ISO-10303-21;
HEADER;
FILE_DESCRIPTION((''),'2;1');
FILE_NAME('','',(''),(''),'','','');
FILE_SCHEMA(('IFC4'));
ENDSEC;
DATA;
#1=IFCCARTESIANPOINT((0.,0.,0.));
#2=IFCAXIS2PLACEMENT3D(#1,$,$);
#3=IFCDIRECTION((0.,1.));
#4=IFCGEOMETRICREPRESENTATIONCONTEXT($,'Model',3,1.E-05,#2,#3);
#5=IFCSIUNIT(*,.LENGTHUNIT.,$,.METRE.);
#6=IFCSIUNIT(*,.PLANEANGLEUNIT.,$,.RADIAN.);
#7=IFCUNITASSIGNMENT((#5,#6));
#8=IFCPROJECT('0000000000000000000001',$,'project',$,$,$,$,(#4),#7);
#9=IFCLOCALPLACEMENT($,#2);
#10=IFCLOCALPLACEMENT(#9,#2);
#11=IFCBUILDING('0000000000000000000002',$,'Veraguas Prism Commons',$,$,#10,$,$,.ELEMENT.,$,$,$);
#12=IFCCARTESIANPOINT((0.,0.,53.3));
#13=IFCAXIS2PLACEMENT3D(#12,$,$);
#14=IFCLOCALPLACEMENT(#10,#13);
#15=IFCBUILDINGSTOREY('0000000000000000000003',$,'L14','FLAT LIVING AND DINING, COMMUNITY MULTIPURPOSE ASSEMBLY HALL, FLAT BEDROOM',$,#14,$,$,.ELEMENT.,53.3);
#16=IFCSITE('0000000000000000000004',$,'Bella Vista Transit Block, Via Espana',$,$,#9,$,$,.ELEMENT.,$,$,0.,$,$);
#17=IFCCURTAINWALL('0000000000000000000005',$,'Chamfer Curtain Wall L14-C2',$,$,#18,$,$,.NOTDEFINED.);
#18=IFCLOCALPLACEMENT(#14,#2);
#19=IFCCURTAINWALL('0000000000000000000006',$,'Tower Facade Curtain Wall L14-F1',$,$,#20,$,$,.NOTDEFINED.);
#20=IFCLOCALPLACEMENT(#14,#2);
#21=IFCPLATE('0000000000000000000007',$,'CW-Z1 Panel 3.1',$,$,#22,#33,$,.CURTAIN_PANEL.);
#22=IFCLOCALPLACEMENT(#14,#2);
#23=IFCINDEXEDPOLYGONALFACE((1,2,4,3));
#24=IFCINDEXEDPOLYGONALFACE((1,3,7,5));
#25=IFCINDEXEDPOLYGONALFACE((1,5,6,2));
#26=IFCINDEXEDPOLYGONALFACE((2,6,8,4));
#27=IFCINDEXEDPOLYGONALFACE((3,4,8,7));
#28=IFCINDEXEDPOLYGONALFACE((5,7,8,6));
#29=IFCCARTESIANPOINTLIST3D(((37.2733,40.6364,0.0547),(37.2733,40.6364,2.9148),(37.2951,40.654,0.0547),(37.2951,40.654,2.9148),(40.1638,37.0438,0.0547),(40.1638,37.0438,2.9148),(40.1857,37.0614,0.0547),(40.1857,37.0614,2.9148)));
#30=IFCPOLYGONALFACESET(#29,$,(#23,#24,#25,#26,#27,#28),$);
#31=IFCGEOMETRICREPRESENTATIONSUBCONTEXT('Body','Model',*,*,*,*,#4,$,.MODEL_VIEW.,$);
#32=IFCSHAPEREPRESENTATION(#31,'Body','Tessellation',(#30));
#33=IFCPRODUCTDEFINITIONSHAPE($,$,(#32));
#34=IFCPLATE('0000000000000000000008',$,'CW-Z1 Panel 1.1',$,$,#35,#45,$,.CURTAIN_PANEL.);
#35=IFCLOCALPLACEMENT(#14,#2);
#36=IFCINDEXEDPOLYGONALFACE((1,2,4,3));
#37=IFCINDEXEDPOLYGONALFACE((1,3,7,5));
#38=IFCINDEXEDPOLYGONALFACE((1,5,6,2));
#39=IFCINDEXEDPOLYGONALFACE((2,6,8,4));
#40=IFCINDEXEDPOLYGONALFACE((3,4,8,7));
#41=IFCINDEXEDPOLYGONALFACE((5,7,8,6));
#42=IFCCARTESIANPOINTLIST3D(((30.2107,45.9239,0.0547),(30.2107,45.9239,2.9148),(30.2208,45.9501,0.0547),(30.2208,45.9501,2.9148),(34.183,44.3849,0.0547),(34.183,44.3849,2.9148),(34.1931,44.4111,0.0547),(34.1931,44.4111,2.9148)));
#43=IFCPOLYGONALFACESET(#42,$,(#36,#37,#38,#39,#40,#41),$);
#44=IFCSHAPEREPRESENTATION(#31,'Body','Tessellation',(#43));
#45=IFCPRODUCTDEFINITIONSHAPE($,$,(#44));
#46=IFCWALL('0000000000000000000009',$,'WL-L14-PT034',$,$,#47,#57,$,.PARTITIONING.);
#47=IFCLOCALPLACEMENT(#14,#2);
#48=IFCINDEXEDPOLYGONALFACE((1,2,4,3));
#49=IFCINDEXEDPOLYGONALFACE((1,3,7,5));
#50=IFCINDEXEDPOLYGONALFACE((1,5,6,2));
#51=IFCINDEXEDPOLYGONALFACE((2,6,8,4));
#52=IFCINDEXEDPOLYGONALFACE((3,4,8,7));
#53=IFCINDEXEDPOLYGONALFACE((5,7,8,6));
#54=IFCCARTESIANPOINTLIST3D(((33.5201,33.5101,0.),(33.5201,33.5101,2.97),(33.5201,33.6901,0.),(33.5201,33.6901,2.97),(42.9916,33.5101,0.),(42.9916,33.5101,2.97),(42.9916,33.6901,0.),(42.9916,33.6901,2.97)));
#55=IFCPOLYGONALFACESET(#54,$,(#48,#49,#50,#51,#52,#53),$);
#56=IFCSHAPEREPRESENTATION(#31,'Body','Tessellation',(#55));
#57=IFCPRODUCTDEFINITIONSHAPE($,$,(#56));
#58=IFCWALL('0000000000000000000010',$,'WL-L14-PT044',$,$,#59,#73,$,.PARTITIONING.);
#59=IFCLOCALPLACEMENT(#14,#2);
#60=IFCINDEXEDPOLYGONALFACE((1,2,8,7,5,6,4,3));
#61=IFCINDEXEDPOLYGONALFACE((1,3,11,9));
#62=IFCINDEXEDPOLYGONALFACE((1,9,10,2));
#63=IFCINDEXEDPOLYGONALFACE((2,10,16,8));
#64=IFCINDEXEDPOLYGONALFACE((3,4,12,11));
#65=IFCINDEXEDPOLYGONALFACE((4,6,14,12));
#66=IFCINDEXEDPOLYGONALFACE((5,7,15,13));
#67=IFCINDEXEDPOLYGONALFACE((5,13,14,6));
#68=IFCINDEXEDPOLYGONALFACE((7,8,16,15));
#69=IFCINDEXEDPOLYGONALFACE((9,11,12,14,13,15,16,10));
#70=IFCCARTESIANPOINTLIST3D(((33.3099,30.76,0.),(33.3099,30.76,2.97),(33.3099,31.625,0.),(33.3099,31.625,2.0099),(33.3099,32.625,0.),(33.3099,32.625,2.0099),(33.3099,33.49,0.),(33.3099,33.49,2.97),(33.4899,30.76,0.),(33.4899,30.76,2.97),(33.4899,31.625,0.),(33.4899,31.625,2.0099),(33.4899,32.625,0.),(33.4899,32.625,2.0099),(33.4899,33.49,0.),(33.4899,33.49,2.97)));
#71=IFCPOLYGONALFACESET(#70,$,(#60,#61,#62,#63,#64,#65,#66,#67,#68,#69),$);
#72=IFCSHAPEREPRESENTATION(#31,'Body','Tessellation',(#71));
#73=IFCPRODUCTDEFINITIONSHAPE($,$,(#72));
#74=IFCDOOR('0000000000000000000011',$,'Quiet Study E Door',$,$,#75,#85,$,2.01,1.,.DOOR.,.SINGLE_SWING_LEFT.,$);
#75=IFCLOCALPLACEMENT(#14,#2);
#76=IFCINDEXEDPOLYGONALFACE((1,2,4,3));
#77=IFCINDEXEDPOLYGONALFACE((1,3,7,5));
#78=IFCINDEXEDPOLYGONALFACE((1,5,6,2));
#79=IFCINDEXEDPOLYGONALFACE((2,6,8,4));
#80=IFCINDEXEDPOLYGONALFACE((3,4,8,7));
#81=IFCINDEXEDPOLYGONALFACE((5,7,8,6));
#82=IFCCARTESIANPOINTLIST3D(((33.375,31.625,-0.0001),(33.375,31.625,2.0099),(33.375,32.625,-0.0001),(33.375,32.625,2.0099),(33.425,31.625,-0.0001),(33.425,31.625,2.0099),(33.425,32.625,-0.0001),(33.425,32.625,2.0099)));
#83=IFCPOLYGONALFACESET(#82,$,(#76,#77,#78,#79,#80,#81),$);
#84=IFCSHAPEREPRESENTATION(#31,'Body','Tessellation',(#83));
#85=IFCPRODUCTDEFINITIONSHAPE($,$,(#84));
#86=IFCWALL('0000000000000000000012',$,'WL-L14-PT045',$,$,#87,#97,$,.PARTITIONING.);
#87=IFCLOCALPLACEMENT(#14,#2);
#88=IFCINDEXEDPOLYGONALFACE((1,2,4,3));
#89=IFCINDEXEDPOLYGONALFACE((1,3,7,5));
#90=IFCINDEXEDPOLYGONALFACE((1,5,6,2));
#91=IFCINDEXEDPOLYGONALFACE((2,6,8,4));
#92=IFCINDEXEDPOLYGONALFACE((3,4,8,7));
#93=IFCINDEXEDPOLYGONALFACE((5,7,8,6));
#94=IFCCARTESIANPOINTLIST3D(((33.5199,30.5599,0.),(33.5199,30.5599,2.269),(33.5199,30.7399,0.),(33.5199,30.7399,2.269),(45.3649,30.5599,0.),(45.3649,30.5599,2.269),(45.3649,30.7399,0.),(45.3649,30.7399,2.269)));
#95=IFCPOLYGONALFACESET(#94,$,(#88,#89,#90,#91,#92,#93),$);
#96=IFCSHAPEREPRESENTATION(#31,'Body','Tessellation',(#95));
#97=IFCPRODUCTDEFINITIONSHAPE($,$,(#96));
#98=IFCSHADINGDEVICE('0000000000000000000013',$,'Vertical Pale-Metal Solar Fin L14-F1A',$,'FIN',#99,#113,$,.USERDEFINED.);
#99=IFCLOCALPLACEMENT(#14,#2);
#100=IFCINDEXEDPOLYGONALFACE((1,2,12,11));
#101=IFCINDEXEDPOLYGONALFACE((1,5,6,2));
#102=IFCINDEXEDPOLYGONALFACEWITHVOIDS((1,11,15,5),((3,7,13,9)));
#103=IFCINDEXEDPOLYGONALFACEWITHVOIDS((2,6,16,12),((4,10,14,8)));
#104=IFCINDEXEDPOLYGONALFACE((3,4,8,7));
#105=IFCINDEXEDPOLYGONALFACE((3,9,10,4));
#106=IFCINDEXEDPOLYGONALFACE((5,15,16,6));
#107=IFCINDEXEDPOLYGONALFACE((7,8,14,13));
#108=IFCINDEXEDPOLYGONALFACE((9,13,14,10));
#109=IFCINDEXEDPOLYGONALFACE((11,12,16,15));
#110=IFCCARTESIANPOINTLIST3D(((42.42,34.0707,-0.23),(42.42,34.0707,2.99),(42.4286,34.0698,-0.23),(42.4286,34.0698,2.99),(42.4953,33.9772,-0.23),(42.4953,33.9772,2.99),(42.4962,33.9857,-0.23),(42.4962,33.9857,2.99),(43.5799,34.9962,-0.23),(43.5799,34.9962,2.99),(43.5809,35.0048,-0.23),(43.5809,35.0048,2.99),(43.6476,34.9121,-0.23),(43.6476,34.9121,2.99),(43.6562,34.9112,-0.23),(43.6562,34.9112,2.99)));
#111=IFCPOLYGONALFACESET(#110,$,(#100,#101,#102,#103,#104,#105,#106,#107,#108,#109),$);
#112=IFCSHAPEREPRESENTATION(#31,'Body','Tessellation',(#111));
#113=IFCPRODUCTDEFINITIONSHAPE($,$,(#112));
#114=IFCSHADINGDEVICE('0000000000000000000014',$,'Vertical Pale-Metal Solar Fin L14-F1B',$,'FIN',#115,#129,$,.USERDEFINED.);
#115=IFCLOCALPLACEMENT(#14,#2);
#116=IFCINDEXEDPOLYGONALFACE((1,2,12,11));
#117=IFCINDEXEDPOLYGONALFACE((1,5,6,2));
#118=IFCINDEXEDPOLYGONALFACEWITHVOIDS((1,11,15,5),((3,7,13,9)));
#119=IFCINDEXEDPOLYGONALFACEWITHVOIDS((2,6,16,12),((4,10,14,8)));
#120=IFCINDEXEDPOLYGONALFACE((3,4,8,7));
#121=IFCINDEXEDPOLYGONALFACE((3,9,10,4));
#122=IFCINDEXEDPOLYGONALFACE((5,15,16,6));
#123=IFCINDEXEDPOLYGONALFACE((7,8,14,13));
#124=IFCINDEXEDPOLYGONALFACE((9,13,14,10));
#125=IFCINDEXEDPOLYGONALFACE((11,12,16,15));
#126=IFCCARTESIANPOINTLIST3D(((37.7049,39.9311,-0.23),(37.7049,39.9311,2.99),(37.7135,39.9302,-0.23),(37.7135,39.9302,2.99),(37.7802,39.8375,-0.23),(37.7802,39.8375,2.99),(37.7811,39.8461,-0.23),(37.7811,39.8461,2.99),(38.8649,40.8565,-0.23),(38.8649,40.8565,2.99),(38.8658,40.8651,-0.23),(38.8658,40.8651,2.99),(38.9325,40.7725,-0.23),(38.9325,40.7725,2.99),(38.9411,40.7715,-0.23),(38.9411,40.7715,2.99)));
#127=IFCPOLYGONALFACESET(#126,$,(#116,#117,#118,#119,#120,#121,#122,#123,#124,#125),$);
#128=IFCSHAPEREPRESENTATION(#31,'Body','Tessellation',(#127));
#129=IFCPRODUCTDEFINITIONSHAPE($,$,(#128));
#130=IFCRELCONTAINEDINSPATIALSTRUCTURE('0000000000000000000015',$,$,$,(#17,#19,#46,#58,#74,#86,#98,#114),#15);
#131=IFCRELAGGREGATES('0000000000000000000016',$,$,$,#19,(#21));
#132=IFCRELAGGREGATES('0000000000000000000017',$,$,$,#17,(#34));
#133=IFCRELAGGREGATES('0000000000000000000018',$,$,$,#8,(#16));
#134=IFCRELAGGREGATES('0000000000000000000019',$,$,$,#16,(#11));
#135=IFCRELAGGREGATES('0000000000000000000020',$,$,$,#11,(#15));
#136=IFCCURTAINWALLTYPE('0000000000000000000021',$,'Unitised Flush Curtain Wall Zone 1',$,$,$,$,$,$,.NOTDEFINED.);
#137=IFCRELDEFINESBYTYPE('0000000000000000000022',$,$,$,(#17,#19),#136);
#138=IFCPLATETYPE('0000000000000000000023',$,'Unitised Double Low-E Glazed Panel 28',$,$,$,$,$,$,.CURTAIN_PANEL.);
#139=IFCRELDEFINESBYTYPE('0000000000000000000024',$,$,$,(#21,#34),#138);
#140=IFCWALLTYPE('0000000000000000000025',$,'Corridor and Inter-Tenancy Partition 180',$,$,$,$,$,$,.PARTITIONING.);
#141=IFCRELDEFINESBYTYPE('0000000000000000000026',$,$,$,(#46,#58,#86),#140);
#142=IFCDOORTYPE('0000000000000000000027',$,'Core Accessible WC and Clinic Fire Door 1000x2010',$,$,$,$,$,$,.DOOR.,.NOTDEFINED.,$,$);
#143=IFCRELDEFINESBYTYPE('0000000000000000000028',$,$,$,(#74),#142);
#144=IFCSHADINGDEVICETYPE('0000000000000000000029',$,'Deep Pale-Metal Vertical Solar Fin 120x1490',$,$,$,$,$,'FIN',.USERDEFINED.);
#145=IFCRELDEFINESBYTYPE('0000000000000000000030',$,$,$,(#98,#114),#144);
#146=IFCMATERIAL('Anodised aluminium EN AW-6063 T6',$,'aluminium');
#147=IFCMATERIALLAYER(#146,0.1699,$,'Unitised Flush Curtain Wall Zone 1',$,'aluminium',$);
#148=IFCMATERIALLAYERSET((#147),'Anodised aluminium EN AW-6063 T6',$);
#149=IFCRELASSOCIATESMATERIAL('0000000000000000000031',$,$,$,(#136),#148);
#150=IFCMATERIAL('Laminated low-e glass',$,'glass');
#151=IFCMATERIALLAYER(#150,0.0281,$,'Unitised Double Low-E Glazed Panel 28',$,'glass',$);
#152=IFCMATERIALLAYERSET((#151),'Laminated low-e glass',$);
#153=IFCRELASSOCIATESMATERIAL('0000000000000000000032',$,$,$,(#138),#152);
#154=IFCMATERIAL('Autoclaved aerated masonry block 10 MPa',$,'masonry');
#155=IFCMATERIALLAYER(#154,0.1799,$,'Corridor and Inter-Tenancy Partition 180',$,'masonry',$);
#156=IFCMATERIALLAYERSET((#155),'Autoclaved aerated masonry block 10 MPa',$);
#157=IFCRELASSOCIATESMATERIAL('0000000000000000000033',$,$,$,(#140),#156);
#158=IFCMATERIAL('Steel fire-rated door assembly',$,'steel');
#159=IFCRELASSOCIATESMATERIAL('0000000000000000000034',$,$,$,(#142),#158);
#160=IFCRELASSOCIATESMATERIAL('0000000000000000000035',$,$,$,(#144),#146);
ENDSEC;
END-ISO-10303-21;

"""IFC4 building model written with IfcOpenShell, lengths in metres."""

from ifc_helpers import new_model, si_unit, direction, frame, frame_2d, origin, origin_2d, place, context, subcontext, project, spatial, rectangle, hollow_rectangle, extrude, source, transform, mapped, material, layer, layer_set, material_profile, profile_set, type_object, element, fill, aggregate, save


model = new_model("IFC4")

# Units and contexts
model_context = context("Model", 3, precision=1e-05, world=origin(), true_north=direction((0.0, 1.0)))
body_context = subcontext(model_context, "Body", "Model", "MODEL_VIEW")
ifc_project = project(units=[si_unit("LENGTHUNIT", "METRE"), si_unit("PLANEANGLEUNIT", "RADIAN")], contexts=[model_context])

# Site, building, storey
site_placement = place(None, origin())
site = spatial("IfcSite", under=ifc_project, at=site_placement, Name="Bella Vista Transit Block, Via Espana", CompositionType="ELEMENT", RefElevation=0.0)
building_placement = place(site_placement, origin())
building = spatial("IfcBuilding", under=site, at=building_placement, Name="Veraguas Prism Commons", CompositionType="ELEMENT")
storey_placement = place(building_placement, frame((0.0, 0.0, 53.3)))
storey = spatial("IfcBuildingStorey", under=building, at=storey_placement, Name="L14", Description="FLAT LIVING AND DINING, COMMUNITY MULTIPURPOSE ASSEMBLY HALL, FLAT BEDROOM", CompositionType="ELEMENT", Elevation=53.3)

# Curtain walls
ifc_material_1 = material(Name="Anodised aluminium EN AW-6063 T6", Category="aluminium")
ifc_layer_1 = layer(ifc_material_1, 0.1699, Name="Unitised Flush Curtain Wall Zone 1", Category="aluminium")
ifc_layer_set_1 = layer_set([ifc_layer_1], Name="Anodised aluminium EN AW-6063 T6")
curtain_wall_type = type_object("IfcCurtainWallType", Name="Unitised Flush Curtain Wall Zone 1", PredefinedType="NOTDEFINED", material=ifc_layer_set_1)
curtain_wall_1_placement = place(storey_placement, origin())
curtain_wall_1 = element("IfcCurtainWall", 1, at=curtain_wall_1_placement, inside=storey, type_object=curtain_wall_type, Name="Chamfer Curtain Wall L14-C2", PredefinedType="NOTDEFINED")
curtain_wall_2_placement = place(storey_placement, origin())
curtain_wall_2 = element("IfcCurtainWall", 2, at=curtain_wall_2_placement, inside=storey, type_object=curtain_wall_type, Name="Tower Facade Curtain Wall L14-F1", PredefinedType="NOTDEFINED")

# Plates
ifc_material_2 = material(Name="Laminated low-e glass", Category="glass")
ifc_layer_2 = layer(ifc_material_2, 0.0281, Name="Unitised Double Low-E Glazed Panel 28", Category="glass")
ifc_layer_set_2 = layer_set([ifc_layer_2], Name="Laminated low-e glass")
plate_type = type_object("IfcPlateType", Name="Unitised Double Low-E Glazed Panel 28", PredefinedType="CURTAIN_PANEL", material=ifc_layer_set_2)
shared_shape_1 = source(origin(), body_context, "Body", "SweptSolid", [
    extrude(rectangle(XDim=4.6111, YDim=0.0281, at=origin_2d()), origin(), (0.0, 0.0, 1.0), 2.8601),
])
plate_1_placement = place(storey_placement, frame((38.7295, 38.8489, 0.0547), z_axis=(0.0, 0.0, 1.0), x_axis=(-0.626873, 0.779121, 0.0)))
plate_1 = element("IfcPlate", 3, at=plate_1_placement, type_object=plate_type, Name="CW-Z1 Panel 3.1", PredefinedType="CURTAIN_PANEL", context=body_context, shape_type="MappedRepresentation", body=[
    mapped(shared_shape_1, transform((0.0, 0.0, 0.0), scale=1.0)),
])
aggregate(curtain_wall_2, [plate_1])
shared_shape_2 = source(origin(), body_context, "Body", "SweptSolid", [
    extrude(rectangle(XDim=4.26, YDim=0.0281, at=origin_2d()), origin(), (0.0, 0.0, 1.0), 2.8601),
])
plate_2_placement = place(storey_placement, frame((32.2019, 45.1675, 0.0547), z_axis=(0.0, 0.0, 1.0), x_axis=(-0.932459, 0.361276, 0.0)))
plate_2 = element("IfcPlate", 4, at=plate_2_placement, type_object=plate_type, Name="CW-Z1 Panel 1.1", PredefinedType="CURTAIN_PANEL", context=body_context, shape_type="MappedRepresentation", body=[
    mapped(shared_shape_2, transform((0.0, 0.0, 0.0), scale=1.0)),
])
aggregate(curtain_wall_1, [plate_2])

# Wall
ifc_material_3 = material(Name="Autoclaved aerated masonry block 10 MPa", Category="masonry")
ifc_layer_3 = layer(ifc_material_3, 0.1799, Name="Corridor and Inter-Tenancy Partition 180", Category="masonry")
ifc_layer_set_3 = layer_set([ifc_layer_3], Name="Autoclaved aerated masonry block 10 MPa")
wall_type = type_object("IfcWallType", Name="Corridor and Inter-Tenancy Partition 180", PredefinedType="PARTITIONING", material=ifc_layer_set_3)
wall_1_placement = place(storey_placement, frame((33.52, 33.6001, 0.0), z_axis=(0.0, 0.0, 1.0), x_axis=(1.0, 0.0, 0.0)))
element("IfcWall", 5, at=wall_1_placement, inside=storey, type_object=wall_type, Name="WL-L14-PT034", PredefinedType="PARTITIONING", context=body_context, shape_type="SweptSolid", body=[
    extrude(rectangle(XDim=9.4714, YDim=0.1799, at=frame_2d((4.7358, 0.0))), origin(), (0.0, 0.0, 1.0), 2.97),
])

# Wall, opening, door
wall_2_placement = place(storey_placement, frame((33.3999, 30.76, 0.0), z_axis=(0.0, 0.0, 1.0), x_axis=(0.0, 1.0, 0.0)))
wall_2 = element("IfcWall", 6, at=wall_2_placement, inside=storey, type_object=wall_type, Name="WL-L14-PT044", PredefinedType="PARTITIONING", context=body_context, shape_type="SweptSolid", body=[
    extrude(rectangle(XDim=2.73, YDim=0.1799, at=frame_2d((1.365, 0.0))), origin(), (0.0, 0.0, 1.0), 2.97),
])
opening_placement = place(wall_2_placement, frame((0.865, 0.0, 0.0)))
opening = element("IfcOpeningElement", 7, at=opening_placement, cuts=wall_2, PredefinedType="OPENING", context=body_context, shape_type="SweptSolid", body=[
    extrude(rectangle(XDim=1.0, YDim=2.01, at=frame_2d((0.5, 1.0049))), frame((0.0, 0.0999, 0.0), z_axis=(0.0, -1.0, 0.0), x_axis=(1.0, 0.0, 0.0)), (0.0, 0.0, 1.0), 0.2),
])
ifc_material_4 = material(Name="Steel fire-rated door assembly", Category="steel")
door_type = type_object("IfcDoorType", Name="Core Accessible WC and Clinic Fire Door 1000x2010", OperationType="NOTDEFINED", PredefinedType="DOOR", material=ifc_material_4)
shared_shape_3 = source(origin(), body_context, "Body", "SweptSolid", [
    extrude(rectangle(XDim=1.0, YDim=2.01, at=frame_2d((0.5, 1.0049))), frame((0.0, 0.0249, 0.0), z_axis=(0.0, -1.0, 0.0), x_axis=(1.0, 0.0, 0.0)), (0.0, 0.0, 1.0), 0.05),
])
door_placement = place(opening_placement, origin())
door = element("IfcDoor", 8, at=door_placement, inside=storey, type_object=door_type, Name="Quiet Study E Door", OperationType="SINGLE_SWING_LEFT", OverallHeight=2.01, OverallWidth=1.0, PredefinedType="DOOR", context=body_context, shape_type="MappedRepresentation", body=[
    mapped(shared_shape_3, transform((0.0, 0.0, 0.0), scale=1.0)),
])
fill(opening, door)

# Wall
wall_3_placement = place(storey_placement, frame((33.52, 30.6499, 0.0), z_axis=(0.0, 0.0, 1.0), x_axis=(1.0, 0.0, 0.0)))
element("IfcWall", 9, at=wall_3_placement, inside=storey, type_object=wall_type, Name="WL-L14-PT045", PredefinedType="PARTITIONING", context=body_context, shape_type="SweptSolid", body=[
    extrude(rectangle(XDim=11.845, YDim=0.1799, at=frame_2d((5.9224, 0.0))), origin(), (0.0, 0.0, 1.0), 2.269),
])

# Shading devices
ifc_material_profile_1 = material_profile(ifc_material_1, hollow_rectangle(XDim=0.1201, YDim=1.49, WallThickness=0.0061, at=origin_2d()), Name="FIN120X1490X6")
ifc_profile_set_1 = profile_set([ifc_material_profile_1], Name="Anodised aluminium EN AW-6063 T6")
shading_device_type = type_object("IfcShadingDeviceType", Name="Deep Pale-Metal Vertical Solar Fin 120x1490", ElementType="FIN", PredefinedType="USERDEFINED", material=ifc_profile_set_1)
for number, where, z_axis, x_axis, name in (
    (10, (43.0381, 34.491, -0.23), (0.0, 0.0, 1.0), (-0.626874, 0.77912, 0.0), "Vertical Pale-Metal Solar Fin L14-F1A"),
    (11, (38.323, 40.3513, -0.23), (0.0, 0.0, 1.0), (-0.626874, 0.77912, 0.0), "Vertical Pale-Metal Solar Fin L14-F1B"),
):
    element("IfcShadingDevice", number, at=place(storey_placement, frame(where, z_axis=z_axis, x_axis=x_axis)), inside=storey, type_object=shading_device_type, Name=name, ObjectType="FIN", PredefinedType="USERDEFINED", context=body_context, shape_type="SweptSolid", body=[
        extrude(hollow_rectangle(XDim=0.1201, YDim=1.49, WallThickness=0.0061, at=origin_2d()), origin(), (0.0, 0.0, 1.0), 3.22),
    ])

save(model, "model.ifc")
